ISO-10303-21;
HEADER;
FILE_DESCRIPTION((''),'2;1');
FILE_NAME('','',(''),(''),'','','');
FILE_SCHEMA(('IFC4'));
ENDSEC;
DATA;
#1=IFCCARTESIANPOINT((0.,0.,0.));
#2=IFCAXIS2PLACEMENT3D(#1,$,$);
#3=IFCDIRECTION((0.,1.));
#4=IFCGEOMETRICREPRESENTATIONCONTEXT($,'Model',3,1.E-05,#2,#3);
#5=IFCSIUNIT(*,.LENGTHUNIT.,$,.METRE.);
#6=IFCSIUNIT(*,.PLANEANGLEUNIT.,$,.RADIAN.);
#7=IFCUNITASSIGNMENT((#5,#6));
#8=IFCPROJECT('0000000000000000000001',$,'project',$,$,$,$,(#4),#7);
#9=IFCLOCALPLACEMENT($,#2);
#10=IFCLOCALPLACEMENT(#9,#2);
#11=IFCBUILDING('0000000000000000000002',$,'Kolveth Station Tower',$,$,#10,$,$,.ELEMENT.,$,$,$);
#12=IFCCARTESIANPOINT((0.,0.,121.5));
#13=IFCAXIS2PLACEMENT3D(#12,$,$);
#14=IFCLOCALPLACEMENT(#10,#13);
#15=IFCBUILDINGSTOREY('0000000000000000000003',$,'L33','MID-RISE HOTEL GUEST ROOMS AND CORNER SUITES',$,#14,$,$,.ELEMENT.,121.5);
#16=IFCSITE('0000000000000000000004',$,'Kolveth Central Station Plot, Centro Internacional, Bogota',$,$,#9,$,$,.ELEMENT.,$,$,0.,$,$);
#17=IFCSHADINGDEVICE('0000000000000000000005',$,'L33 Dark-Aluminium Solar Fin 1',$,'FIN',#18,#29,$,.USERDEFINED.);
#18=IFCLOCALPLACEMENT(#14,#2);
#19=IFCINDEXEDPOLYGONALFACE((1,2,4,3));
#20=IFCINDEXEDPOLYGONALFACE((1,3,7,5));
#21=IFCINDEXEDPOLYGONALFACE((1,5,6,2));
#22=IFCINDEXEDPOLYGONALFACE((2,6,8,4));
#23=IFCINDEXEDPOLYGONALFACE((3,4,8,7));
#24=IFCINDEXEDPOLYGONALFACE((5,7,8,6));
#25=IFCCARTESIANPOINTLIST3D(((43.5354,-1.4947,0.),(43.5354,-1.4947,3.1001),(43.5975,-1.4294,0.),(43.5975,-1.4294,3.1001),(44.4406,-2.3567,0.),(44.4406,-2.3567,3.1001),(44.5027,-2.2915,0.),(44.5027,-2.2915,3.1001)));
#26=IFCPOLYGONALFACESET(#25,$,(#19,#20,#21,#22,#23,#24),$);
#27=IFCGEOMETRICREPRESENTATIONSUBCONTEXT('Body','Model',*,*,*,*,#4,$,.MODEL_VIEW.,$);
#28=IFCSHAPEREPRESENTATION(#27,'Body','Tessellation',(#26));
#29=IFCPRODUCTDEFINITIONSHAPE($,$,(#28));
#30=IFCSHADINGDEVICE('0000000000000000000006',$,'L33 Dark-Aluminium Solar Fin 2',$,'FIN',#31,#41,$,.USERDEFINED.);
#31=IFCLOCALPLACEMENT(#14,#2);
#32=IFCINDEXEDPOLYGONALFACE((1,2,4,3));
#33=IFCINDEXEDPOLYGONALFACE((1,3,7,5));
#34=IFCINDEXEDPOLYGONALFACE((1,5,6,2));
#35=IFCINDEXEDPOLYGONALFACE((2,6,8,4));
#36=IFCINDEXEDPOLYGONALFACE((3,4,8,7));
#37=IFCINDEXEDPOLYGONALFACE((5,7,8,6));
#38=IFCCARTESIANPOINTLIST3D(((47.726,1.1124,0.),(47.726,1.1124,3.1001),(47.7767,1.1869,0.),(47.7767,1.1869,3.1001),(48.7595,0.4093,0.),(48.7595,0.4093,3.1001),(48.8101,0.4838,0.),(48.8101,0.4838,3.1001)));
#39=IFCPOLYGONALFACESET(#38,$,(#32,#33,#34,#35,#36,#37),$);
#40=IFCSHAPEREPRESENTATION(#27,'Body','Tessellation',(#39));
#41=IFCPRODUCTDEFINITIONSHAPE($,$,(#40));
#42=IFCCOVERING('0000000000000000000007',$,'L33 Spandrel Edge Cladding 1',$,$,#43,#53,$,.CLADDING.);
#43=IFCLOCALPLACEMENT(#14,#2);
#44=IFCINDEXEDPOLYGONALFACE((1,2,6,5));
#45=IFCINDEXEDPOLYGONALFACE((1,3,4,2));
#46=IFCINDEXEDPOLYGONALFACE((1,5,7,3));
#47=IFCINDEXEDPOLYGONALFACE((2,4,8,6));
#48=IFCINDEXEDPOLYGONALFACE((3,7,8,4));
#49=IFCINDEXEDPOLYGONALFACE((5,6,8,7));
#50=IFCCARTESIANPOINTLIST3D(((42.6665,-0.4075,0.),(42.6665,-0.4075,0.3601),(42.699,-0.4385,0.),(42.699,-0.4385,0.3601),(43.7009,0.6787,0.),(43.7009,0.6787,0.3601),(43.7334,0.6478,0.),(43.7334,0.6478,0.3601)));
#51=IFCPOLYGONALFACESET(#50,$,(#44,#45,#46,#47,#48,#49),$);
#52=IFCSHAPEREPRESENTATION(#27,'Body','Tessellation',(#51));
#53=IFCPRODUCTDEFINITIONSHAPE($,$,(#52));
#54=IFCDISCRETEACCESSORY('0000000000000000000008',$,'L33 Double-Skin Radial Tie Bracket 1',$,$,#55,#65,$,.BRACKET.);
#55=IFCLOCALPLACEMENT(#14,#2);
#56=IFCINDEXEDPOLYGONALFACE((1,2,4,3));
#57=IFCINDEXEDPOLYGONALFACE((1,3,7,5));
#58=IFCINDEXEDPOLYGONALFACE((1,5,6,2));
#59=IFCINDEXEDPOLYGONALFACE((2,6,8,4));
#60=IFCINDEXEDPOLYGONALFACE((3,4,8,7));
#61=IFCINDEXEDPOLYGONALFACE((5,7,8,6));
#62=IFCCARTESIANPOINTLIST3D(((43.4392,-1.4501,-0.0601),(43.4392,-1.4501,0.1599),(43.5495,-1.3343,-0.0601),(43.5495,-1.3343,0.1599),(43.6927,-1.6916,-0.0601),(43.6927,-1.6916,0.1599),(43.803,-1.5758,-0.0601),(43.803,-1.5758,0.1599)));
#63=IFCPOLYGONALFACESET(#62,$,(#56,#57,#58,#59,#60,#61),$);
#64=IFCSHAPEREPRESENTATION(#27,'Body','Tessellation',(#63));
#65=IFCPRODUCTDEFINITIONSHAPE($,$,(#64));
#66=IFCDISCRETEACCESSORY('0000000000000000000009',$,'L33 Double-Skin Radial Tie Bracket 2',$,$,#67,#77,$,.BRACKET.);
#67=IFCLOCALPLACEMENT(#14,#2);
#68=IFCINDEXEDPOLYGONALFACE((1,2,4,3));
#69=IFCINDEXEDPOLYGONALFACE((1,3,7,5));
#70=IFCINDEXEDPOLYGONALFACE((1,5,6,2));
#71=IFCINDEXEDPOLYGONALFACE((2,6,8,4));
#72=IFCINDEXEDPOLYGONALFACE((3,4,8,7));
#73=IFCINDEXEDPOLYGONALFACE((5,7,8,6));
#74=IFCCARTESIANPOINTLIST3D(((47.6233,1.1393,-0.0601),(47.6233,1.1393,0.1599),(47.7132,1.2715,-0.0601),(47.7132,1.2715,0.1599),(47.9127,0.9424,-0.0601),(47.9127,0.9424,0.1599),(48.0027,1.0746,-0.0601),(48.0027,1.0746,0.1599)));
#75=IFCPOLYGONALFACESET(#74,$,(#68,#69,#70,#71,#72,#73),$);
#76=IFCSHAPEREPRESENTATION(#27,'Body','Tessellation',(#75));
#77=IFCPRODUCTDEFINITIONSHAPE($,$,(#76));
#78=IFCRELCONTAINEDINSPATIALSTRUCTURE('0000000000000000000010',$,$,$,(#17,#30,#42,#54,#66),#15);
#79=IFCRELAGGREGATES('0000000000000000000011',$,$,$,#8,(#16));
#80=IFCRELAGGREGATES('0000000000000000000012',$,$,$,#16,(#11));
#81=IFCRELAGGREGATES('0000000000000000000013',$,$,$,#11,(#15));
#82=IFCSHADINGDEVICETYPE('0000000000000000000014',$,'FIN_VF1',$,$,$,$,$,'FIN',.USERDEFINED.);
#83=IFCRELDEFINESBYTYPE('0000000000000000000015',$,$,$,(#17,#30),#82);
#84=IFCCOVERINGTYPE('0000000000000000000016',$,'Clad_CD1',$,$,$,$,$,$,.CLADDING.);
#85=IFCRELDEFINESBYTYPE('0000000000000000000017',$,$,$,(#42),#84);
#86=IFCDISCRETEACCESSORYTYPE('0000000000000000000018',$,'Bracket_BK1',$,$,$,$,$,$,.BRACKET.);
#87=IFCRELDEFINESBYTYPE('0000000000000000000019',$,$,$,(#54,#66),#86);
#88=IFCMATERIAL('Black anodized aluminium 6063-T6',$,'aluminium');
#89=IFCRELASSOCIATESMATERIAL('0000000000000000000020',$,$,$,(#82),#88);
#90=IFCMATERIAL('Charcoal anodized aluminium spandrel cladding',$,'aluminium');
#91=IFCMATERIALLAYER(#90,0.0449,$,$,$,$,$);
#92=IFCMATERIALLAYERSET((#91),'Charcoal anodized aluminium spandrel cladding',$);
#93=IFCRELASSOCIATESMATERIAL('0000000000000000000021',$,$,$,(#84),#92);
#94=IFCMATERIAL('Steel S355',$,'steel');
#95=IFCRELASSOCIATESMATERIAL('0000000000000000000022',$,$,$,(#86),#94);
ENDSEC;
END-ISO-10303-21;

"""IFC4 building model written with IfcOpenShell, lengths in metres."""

from ifc_helpers import new_model, si_unit, direction, frame, origin, origin_2d, place, context, subcontext, project, spatial, rectangle, extrude, source, transform, mapped, material, layer, layer_set, type_object, element, save


model = new_model("IFC4")

# Units and contexts
model_context = context("Model", 3, precision=1e-05, world=origin(), true_north=direction((0.0, 1.0)))
body_context = subcontext(model_context, "Body", "Model", "MODEL_VIEW")
ifc_project = project(units=[si_unit("LENGTHUNIT", "METRE"), si_unit("PLANEANGLEUNIT", "RADIAN")], contexts=[model_context])

# Site, building, storey
site_placement = place(None, origin())
site = spatial("IfcSite", under=ifc_project, at=site_placement, Name="Kolveth Central Station Plot, Centro Internacional, Bogota", CompositionType="ELEMENT", RefElevation=0.0)
building_placement = place(site_placement, origin())
building = spatial("IfcBuilding", under=site, at=building_placement, Name="Kolveth Station Tower", CompositionType="ELEMENT")
storey_placement = place(building_placement, frame((0.0, 0.0, 121.5)))
storey = spatial("IfcBuildingStorey", under=building, at=storey_placement, Name="L33", Description="MID-RISE HOTEL GUEST ROOMS AND CORNER SUITES", CompositionType="ELEMENT", Elevation=121.5)

# Shared definitions
ifc_material_1 = material(Name="Steel S355", Category="steel")

# Shared definitions
ifc_material_2 = material(Name="Black anodized aluminium 6063-T6", Category="aluminium")

# Shading devices
shading_device_type = type_object("IfcShadingDeviceType", Name="FIN_VF1", ElementType="FIN", PredefinedType="USERDEFINED", material=ifc_material_2)
shared_shape_1 = source(origin(), body_context, "Body", "SweptSolid", [
    extrude(rectangle(XDim=1.25, YDim=0.0901, at=origin_2d()), origin(), (0.0, 0.0, 1.0), 3.1001),
])
for number, where, z_axis, x_axis, name in (
    (1, (44.019, -1.8931, 0.0), (0.0, 0.0, 1.0), (0.724172, -0.68962, 0.0), "L33 Dark-Aluminium Solar Fin 1"),
    (2, (48.2681, 0.7981, 0.0), (0.0, 0.0, 1.0), (0.826786, -0.562516, 0.0), "L33 Dark-Aluminium Solar Fin 2"),
):
    element("IfcShadingDevice", number, at=place(storey_placement, frame(where, z_axis=z_axis, x_axis=x_axis)), inside=storey, type_object=shading_device_type, Name=name, ObjectType="FIN", PredefinedType="USERDEFINED", context=body_context, shape_type="MappedRepresentation", body=[
        mapped(shared_shape_1, transform((0.0, 0.0, 0.0), x_axis=(1.0, 0.0, 0.0), y_axis=(0.0, 1.0, 0.0), z_axis=(0.0, 0.0, 1.0), scale=1.0)),
    ])

# Covering
ifc_material_3 = material(Name="Charcoal anodized aluminium spandrel cladding", Category="aluminium")
ifc_layer_1 = layer(ifc_material_3, 0.0449)
ifc_layer_set_1 = layer_set([ifc_layer_1], Name="Charcoal anodized aluminium spandrel cladding")
covering_type = type_object("IfcCoveringType", Name="Clad_CD1", PredefinedType="CLADDING", material=ifc_layer_set_1)
shared_shape_2 = source(origin(), body_context, "Body", "SweptSolid", [
    extrude(rectangle(XDim=1.5, YDim=0.0449, at=origin_2d()), origin(), (0.0, 0.0, 1.0), 0.3601),
])
covering_placement = place(storey_placement, frame((43.2, 0.1201, 0.0), z_axis=(0.0, 0.0, 1.0), x_axis=(0.68962, 0.724172, 0.0)))
element("IfcCovering", 3, at=covering_placement, inside=storey, type_object=covering_type, Name="L33 Spandrel Edge Cladding 1", PredefinedType="CLADDING", context=body_context, shape_type="MappedRepresentation", body=[
    mapped(shared_shape_2, transform((0.0, 0.0, 0.0), x_axis=(1.0, 0.0, 0.0), y_axis=(0.0, 1.0, 0.0), z_axis=(0.0, 0.0, 1.0), scale=1.0)),
])

# Discrete accessories
discrete_accessory_type = type_object("IfcDiscreteAccessoryType", Name="Bracket_BK1", PredefinedType="BRACKET", material=ifc_material_1)
shared_shape_3 = source(origin(), body_context, "Body", "SweptSolid", [
    extrude(rectangle(XDim=0.3501, YDim=0.1599, at=origin_2d()), origin(), (0.0, 0.0, 1.0), 0.22),
])
for number, where, z_axis, x_axis, name in (
    (4, (43.6211, -1.5129, -0.0601), (0.0, 0.0, 1.0), (0.724172, -0.68962, 0.0), "L33 Double-Skin Radial Tie Bracket 1"),
    (5, (47.813, 1.1069, -0.0601), (0.0, 0.0, 1.0), (0.826786, -0.562516, 0.0), "L33 Double-Skin Radial Tie Bracket 2"),
):
    element("IfcDiscreteAccessory", number, at=place(storey_placement, frame(where, z_axis=z_axis, x_axis=x_axis)), inside=storey, type_object=discrete_accessory_type, Name=name, PredefinedType="BRACKET", context=body_context, shape_type="MappedRepresentation", body=[
        mapped(shared_shape_3, transform((0.0, 0.0, 0.0), x_axis=(1.0, 0.0, 0.0), y_axis=(0.0, 1.0, 0.0), z_axis=(0.0, 0.0, 1.0), scale=1.0)),
    ])

save(model, "model.ifc")
